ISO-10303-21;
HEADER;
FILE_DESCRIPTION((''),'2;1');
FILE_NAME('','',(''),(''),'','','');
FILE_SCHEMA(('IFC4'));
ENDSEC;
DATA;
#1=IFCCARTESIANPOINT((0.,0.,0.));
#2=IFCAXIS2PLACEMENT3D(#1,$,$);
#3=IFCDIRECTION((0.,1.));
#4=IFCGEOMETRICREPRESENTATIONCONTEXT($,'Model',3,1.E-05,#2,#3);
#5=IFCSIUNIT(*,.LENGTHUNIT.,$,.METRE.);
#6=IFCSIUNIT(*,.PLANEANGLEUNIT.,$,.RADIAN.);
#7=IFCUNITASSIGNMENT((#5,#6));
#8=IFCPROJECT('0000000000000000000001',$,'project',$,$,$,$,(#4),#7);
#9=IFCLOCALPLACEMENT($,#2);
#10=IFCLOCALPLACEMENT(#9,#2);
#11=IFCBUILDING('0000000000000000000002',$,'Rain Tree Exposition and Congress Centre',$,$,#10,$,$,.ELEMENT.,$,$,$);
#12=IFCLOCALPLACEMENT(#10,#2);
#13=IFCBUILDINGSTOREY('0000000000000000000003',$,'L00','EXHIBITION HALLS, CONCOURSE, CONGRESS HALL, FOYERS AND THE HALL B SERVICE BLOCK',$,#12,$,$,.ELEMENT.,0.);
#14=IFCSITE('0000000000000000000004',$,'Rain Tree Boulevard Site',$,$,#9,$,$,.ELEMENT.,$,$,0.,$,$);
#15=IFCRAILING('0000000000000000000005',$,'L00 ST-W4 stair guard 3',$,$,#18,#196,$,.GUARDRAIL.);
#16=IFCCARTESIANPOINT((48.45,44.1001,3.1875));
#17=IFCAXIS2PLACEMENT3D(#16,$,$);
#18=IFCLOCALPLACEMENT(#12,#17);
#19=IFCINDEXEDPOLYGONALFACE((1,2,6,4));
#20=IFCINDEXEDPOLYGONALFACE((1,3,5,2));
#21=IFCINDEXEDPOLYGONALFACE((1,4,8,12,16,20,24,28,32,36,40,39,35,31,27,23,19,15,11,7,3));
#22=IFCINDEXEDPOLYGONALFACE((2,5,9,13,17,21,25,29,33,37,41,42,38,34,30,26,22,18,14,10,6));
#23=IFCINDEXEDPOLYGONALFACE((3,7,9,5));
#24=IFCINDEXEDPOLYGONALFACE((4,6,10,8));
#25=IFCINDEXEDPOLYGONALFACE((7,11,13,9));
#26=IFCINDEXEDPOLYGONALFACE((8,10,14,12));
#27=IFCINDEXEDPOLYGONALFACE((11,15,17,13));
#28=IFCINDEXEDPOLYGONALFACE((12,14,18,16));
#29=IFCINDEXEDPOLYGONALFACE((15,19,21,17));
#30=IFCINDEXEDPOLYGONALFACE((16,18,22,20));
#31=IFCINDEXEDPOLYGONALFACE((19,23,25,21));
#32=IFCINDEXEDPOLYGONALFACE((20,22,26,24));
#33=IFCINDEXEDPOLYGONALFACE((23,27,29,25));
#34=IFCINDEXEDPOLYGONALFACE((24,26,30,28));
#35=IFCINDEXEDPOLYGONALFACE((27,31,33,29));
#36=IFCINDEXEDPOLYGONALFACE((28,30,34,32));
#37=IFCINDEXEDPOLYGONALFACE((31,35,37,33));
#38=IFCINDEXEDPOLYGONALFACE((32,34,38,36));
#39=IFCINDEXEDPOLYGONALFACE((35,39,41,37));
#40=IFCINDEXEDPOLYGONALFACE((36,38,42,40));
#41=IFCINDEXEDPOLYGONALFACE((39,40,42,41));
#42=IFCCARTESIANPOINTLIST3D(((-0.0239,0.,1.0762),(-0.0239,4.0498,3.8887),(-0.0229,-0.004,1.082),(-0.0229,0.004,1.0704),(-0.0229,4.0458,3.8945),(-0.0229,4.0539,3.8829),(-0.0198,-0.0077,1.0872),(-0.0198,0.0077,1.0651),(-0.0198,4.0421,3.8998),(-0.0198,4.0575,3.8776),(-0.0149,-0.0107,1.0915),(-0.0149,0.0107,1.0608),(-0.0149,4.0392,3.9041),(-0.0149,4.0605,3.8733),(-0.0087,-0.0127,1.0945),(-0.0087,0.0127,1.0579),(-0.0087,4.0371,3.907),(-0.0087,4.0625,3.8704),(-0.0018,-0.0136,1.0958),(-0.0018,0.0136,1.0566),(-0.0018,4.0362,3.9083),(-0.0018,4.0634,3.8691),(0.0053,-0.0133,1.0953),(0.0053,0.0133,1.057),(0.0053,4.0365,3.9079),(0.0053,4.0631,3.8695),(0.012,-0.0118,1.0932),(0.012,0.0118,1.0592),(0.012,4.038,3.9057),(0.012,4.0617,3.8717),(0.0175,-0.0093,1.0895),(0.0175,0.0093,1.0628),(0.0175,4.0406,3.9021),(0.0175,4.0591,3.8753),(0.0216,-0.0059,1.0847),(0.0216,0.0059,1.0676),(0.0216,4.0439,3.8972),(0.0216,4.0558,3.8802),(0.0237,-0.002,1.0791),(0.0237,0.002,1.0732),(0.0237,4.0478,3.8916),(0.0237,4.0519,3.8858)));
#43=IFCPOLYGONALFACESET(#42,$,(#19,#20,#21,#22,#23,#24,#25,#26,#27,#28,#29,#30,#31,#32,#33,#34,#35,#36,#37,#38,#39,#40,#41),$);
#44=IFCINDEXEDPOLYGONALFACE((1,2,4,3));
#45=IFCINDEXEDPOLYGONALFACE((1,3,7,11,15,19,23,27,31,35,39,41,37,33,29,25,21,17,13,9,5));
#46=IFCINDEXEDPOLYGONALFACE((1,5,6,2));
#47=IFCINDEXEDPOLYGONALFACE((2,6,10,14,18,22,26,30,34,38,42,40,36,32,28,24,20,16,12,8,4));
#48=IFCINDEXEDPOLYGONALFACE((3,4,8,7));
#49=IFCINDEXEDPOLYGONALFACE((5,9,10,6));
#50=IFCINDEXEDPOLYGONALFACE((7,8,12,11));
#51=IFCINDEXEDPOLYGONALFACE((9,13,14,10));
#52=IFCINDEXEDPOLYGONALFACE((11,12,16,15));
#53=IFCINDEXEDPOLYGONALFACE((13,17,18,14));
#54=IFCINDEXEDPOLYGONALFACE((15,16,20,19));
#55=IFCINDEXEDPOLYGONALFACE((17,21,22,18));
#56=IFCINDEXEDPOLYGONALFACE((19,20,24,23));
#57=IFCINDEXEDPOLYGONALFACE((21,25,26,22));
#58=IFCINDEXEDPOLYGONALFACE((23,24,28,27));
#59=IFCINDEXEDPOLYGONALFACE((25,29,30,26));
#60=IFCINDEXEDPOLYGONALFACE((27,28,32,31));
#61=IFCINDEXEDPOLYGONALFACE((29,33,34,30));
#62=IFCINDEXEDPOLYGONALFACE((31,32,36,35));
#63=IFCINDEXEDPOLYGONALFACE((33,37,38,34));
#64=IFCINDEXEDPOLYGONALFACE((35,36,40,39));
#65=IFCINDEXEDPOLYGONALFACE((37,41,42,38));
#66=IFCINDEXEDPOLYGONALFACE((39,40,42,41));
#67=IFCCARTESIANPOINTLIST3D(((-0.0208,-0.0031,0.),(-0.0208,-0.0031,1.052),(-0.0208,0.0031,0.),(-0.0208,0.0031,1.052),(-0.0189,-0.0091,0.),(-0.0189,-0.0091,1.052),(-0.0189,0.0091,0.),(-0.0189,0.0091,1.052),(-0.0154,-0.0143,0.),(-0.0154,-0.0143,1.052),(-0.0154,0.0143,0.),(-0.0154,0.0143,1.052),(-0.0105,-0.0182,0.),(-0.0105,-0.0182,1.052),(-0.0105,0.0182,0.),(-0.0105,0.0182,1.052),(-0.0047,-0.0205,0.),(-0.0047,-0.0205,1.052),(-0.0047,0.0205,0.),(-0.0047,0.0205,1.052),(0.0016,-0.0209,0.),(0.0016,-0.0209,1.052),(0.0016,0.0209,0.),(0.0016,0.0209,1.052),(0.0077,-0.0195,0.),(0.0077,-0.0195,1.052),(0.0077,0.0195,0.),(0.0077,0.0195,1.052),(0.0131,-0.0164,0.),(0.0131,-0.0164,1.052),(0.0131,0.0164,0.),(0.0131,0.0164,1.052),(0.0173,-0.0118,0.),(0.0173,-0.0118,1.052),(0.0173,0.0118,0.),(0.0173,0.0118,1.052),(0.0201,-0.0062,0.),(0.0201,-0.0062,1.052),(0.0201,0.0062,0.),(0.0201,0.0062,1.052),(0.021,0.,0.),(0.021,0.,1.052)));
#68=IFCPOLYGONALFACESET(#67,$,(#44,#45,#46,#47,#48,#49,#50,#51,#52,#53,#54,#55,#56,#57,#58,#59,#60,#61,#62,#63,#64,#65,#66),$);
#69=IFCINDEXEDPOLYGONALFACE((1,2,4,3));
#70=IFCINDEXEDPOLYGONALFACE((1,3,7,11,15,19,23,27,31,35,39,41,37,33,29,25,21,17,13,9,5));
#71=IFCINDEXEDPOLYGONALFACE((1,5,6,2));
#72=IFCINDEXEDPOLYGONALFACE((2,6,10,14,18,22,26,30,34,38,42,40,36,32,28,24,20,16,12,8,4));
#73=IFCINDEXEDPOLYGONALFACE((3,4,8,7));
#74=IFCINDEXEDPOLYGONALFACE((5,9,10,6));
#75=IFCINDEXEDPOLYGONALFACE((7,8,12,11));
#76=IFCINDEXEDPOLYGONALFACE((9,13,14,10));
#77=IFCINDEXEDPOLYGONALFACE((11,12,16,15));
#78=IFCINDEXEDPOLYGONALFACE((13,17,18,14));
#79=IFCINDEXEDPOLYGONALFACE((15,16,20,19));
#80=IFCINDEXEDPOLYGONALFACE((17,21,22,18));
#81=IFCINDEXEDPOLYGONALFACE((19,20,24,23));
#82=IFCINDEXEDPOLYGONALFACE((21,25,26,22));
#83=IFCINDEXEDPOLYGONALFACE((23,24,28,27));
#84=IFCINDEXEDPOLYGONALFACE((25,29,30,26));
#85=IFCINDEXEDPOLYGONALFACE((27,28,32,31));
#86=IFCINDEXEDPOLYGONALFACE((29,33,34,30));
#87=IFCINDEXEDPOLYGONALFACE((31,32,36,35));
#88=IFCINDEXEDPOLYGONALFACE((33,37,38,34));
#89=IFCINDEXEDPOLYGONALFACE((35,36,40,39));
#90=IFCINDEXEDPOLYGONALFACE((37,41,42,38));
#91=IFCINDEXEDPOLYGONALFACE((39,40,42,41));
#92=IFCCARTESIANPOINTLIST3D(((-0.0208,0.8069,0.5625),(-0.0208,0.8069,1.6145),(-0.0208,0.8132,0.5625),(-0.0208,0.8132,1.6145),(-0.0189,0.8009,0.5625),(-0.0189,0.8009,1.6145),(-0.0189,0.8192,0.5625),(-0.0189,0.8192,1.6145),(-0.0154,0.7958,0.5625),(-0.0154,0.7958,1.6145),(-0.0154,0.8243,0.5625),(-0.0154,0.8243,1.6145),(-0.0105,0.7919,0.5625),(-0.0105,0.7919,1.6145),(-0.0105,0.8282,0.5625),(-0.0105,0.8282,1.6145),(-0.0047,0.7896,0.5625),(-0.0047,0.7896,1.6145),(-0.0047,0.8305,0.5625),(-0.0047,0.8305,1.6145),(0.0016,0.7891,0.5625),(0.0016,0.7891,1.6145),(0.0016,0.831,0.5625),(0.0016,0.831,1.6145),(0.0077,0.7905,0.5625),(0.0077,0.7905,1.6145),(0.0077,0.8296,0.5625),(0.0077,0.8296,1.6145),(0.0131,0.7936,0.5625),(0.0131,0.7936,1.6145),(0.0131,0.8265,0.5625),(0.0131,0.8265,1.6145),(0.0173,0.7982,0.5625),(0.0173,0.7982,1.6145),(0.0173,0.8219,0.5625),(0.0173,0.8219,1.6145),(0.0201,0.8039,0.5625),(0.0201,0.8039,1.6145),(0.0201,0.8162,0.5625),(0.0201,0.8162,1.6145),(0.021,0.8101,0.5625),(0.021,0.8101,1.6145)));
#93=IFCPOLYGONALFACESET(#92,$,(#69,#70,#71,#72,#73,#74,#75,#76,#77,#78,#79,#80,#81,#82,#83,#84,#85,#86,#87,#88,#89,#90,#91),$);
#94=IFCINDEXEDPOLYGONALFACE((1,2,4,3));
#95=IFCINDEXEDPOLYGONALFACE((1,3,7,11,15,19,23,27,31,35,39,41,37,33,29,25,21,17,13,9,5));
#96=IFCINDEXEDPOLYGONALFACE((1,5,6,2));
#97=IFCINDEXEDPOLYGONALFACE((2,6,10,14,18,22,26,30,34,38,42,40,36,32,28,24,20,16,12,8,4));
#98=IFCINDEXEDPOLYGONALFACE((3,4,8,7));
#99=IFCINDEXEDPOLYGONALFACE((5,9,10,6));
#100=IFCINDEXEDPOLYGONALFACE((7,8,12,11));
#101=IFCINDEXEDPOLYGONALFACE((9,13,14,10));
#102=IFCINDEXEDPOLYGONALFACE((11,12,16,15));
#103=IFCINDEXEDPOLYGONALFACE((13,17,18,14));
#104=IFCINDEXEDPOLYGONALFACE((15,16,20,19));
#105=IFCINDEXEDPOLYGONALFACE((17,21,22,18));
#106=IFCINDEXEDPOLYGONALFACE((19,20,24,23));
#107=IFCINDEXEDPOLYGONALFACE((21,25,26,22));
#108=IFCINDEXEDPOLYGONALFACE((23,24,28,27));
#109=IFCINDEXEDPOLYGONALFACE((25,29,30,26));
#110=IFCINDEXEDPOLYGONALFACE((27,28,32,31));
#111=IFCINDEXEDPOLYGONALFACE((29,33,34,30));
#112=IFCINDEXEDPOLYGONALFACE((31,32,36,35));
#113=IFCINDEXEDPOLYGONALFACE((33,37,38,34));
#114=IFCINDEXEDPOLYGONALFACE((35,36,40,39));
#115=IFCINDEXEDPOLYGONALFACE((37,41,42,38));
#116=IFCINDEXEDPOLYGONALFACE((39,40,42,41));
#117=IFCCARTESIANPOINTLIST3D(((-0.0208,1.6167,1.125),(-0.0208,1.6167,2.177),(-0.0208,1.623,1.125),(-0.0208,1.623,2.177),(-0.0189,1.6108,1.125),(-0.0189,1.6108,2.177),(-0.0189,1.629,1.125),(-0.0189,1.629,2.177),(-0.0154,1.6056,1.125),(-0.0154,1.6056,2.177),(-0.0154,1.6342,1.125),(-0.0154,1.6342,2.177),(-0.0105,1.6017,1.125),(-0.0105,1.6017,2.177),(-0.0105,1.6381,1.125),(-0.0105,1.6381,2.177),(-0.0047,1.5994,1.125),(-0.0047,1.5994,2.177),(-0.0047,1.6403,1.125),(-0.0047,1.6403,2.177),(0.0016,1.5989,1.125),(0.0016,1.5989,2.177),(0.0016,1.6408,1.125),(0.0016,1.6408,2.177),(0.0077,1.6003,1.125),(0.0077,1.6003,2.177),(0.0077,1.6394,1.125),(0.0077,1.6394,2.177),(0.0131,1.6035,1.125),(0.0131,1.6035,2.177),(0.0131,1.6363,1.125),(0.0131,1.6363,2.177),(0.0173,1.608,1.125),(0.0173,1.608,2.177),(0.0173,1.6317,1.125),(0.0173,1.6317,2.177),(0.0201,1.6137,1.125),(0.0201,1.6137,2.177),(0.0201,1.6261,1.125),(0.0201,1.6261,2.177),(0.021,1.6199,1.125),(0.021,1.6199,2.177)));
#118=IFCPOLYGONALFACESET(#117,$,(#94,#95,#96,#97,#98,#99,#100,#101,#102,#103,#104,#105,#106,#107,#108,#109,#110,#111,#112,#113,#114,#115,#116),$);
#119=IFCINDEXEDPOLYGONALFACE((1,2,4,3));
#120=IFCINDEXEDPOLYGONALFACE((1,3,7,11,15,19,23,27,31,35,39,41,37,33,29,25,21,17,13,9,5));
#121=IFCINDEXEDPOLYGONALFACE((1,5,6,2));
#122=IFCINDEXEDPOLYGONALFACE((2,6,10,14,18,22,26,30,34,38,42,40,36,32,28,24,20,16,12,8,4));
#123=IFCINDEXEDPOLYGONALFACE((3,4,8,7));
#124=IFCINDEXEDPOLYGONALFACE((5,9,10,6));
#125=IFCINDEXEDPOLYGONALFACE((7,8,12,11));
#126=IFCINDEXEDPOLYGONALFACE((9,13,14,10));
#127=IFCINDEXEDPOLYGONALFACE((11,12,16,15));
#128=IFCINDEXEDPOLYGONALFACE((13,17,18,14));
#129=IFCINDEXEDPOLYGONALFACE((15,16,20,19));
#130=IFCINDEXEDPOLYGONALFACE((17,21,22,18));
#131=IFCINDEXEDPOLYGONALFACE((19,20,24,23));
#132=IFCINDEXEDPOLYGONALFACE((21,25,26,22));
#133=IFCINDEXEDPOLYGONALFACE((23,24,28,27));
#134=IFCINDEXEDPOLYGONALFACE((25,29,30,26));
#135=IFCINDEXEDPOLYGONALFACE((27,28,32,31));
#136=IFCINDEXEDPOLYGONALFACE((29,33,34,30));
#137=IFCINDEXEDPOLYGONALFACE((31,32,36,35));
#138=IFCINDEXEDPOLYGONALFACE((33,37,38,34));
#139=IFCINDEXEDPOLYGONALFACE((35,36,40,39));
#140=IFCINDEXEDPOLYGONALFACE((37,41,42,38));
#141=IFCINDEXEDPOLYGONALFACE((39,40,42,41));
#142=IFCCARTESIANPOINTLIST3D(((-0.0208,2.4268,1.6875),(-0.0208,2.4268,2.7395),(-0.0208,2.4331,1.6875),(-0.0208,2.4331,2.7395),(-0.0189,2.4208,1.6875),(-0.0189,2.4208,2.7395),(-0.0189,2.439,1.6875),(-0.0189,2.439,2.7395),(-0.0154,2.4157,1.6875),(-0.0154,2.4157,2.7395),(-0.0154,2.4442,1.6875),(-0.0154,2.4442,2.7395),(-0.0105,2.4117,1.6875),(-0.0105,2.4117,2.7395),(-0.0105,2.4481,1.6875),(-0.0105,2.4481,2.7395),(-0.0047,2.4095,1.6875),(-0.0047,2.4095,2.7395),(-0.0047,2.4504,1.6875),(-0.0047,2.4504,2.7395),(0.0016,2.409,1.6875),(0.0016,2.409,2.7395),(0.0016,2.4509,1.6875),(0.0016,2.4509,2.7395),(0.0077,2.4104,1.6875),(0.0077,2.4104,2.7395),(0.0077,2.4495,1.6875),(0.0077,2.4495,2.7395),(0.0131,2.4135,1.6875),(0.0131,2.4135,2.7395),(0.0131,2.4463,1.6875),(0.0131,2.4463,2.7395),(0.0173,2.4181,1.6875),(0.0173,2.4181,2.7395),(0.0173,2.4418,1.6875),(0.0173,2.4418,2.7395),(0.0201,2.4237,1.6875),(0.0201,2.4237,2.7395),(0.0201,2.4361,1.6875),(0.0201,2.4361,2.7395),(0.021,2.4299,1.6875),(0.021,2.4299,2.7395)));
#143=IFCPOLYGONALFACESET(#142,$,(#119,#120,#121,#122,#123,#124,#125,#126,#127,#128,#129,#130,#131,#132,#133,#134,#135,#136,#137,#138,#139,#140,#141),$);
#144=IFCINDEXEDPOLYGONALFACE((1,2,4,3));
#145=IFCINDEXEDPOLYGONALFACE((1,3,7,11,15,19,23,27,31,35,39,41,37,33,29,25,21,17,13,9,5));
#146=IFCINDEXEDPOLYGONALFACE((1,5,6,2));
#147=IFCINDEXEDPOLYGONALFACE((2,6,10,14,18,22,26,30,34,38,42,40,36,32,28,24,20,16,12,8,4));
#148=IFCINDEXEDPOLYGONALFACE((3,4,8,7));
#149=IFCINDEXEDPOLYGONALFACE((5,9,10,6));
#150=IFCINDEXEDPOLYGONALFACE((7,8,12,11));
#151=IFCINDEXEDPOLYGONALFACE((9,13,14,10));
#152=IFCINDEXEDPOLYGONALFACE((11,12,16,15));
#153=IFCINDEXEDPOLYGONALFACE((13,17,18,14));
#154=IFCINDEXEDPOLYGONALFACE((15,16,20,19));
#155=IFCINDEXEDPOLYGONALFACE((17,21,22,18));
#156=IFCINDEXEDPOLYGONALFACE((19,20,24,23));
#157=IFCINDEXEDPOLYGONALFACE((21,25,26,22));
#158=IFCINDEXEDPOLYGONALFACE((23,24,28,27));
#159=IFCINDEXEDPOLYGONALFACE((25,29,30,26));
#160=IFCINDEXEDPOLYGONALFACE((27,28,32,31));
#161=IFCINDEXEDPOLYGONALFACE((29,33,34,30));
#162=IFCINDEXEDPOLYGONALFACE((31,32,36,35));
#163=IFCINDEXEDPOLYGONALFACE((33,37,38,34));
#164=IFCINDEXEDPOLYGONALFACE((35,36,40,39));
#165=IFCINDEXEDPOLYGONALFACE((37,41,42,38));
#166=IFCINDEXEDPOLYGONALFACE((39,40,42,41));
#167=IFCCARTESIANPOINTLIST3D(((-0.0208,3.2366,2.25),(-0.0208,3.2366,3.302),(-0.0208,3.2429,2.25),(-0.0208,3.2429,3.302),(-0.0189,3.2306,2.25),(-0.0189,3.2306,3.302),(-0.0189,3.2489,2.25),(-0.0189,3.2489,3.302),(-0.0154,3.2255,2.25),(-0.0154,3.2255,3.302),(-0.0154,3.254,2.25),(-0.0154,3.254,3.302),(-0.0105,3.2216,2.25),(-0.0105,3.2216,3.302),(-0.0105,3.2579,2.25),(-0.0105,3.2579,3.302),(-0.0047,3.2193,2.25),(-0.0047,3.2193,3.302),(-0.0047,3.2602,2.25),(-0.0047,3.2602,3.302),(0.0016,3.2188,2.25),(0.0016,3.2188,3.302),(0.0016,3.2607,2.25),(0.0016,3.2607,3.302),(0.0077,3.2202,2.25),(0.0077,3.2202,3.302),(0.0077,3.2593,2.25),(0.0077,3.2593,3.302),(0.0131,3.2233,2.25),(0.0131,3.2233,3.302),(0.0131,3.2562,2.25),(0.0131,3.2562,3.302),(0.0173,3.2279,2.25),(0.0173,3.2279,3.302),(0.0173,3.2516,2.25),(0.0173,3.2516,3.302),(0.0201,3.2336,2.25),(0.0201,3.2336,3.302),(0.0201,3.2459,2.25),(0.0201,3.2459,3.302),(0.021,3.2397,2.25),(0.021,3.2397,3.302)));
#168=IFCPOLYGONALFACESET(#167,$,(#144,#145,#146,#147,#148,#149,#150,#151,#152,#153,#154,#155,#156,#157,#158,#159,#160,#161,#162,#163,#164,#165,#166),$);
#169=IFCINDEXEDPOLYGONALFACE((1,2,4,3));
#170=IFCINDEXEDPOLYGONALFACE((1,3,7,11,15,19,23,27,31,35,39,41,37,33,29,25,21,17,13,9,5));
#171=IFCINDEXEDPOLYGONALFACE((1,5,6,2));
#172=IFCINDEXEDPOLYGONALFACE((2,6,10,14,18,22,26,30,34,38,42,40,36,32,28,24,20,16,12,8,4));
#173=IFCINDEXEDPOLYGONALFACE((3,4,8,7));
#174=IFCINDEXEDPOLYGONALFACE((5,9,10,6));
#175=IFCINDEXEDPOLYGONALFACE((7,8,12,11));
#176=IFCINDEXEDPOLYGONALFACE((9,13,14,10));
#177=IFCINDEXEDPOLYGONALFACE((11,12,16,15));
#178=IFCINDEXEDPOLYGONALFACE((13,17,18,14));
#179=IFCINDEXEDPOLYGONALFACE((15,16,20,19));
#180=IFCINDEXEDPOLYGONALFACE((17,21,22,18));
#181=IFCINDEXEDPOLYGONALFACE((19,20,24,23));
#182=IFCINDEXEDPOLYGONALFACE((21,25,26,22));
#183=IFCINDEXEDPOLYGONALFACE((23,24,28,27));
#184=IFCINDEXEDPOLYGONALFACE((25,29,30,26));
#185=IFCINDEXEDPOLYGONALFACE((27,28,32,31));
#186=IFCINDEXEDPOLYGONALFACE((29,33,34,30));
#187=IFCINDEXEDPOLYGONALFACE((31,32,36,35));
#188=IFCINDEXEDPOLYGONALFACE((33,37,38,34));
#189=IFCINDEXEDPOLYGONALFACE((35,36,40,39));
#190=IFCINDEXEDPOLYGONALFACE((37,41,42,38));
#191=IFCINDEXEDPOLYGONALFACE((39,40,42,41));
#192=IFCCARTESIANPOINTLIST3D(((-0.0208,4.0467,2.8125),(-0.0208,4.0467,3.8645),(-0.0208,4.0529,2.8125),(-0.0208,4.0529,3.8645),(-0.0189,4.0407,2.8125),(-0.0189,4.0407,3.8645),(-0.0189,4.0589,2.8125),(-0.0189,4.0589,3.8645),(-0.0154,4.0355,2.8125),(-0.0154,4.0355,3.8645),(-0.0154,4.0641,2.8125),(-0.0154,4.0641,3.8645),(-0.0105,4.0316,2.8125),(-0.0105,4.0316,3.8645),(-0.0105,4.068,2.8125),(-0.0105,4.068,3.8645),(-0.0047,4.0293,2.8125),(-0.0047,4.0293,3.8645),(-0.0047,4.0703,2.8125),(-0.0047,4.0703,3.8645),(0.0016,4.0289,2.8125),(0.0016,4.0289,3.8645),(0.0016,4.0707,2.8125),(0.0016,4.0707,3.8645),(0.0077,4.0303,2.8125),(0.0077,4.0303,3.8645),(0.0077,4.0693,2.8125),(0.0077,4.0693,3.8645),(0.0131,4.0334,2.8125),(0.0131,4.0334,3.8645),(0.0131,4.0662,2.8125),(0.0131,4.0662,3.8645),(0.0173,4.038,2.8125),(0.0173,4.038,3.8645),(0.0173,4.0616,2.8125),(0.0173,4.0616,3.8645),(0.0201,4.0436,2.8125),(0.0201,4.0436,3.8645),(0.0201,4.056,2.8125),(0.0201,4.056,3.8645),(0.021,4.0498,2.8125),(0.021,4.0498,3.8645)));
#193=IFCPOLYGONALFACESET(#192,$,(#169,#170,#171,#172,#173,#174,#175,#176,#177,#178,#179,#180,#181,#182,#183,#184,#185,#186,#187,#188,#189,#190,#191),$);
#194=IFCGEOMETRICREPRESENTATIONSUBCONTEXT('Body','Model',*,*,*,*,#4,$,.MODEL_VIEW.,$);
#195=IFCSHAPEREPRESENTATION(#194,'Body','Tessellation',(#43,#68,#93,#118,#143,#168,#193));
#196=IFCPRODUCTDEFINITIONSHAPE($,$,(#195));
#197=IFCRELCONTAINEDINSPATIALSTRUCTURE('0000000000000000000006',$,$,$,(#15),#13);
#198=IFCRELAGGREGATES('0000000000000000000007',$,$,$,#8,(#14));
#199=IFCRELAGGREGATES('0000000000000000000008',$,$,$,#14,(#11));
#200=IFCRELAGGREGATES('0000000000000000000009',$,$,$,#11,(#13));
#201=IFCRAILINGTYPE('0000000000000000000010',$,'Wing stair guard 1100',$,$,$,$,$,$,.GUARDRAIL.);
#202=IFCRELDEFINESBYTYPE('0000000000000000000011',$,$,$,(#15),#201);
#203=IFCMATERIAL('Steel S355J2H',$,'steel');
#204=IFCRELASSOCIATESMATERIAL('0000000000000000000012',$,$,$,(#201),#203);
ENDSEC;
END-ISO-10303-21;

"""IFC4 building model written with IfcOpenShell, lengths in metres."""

from ifc_helpers import new_model, si_unit, direction, frame, origin, origin_2d, place, context, subcontext, project, spatial, circle, extrude, material, type_object, element, save


model = new_model("IFC4")

# Units and contexts
model_context = context("Model", 3, precision=1e-05, world=origin(), true_north=direction((0.0, 1.0)))
body_context = subcontext(model_context, "Body", "Model", "MODEL_VIEW")
ifc_project = project(units=[si_unit("LENGTHUNIT", "METRE"), si_unit("PLANEANGLEUNIT", "RADIAN")], contexts=[model_context])

# Site, building, storey
site_placement = place(None, origin())
site = spatial("IfcSite", under=ifc_project, at=site_placement, Name="Rain Tree Boulevard Site", CompositionType="ELEMENT", RefElevation=0.0)
building_placement = place(site_placement, origin())
building = spatial("IfcBuilding", under=site, at=building_placement, Name="Rain Tree Exposition and Congress Centre", CompositionType="ELEMENT")
storey_placement = place(building_placement, origin())
storey = spatial("IfcBuildingStorey", under=building, at=storey_placement, Name="L00", Description="EXHIBITION HALLS, CONCOURSE, CONGRESS HALL, FOYERS AND THE HALL B SERVICE BLOCK", CompositionType="ELEMENT", Elevation=0.0)

# Railing
ifc_material_1 = material(Name="Steel S355J2H", Category="steel")
railing_type_1 = type_object("IfcRailingType", Name="Wing stair guard 1100", PredefinedType="GUARDRAIL", material=ifc_material_1)
railing_1_placement = place(storey_placement, frame((48.45, 44.1001, 3.1875)))
element("IfcRailing", 1, at=railing_1_placement, inside=storey, type_object=railing_type_1, Name="L00 ST-W4 stair guard 3", PredefinedType="GUARDRAIL", context=body_context, shape_type="SweptSolid", body=[
    extrude(circle(Radius=0.0239, at=origin_2d()), frame((0.0, 0.0, 1.0762), z_axis=(0.0, 0.821357, 0.570414), x_axis=(-1.0, 0.0, 0.0)), (0.0, 0.0, 1.0), 4.9307),
    extrude(circle(Radius=0.021, at=origin_2d()), origin(), (0.0, 0.0, 1.0), 1.052),
    extrude(circle(Radius=0.021, at=origin_2d()), frame((0.0, 0.8101, 0.5625)), (0.0, 0.0, 1.0), 1.052),
    extrude(circle(Radius=0.021, at=origin_2d()), frame((0.0, 1.6199, 1.125)), (0.0, 0.0, 1.0), 1.052),
    extrude(circle(Radius=0.021, at=origin_2d()), frame((0.0, 2.4299, 1.6875)), (0.0, 0.0, 1.0), 1.052),
    extrude(circle(Radius=0.021, at=origin_2d()), frame((0.0, 3.2397, 2.25)), (0.0, 0.0, 1.0), 1.052),
    extrude(circle(Radius=0.021, at=origin_2d()), frame((0.0, 4.0498, 2.8125)), (0.0, 0.0, 1.0), 1.052),
])

save(model, "model.ifc")
